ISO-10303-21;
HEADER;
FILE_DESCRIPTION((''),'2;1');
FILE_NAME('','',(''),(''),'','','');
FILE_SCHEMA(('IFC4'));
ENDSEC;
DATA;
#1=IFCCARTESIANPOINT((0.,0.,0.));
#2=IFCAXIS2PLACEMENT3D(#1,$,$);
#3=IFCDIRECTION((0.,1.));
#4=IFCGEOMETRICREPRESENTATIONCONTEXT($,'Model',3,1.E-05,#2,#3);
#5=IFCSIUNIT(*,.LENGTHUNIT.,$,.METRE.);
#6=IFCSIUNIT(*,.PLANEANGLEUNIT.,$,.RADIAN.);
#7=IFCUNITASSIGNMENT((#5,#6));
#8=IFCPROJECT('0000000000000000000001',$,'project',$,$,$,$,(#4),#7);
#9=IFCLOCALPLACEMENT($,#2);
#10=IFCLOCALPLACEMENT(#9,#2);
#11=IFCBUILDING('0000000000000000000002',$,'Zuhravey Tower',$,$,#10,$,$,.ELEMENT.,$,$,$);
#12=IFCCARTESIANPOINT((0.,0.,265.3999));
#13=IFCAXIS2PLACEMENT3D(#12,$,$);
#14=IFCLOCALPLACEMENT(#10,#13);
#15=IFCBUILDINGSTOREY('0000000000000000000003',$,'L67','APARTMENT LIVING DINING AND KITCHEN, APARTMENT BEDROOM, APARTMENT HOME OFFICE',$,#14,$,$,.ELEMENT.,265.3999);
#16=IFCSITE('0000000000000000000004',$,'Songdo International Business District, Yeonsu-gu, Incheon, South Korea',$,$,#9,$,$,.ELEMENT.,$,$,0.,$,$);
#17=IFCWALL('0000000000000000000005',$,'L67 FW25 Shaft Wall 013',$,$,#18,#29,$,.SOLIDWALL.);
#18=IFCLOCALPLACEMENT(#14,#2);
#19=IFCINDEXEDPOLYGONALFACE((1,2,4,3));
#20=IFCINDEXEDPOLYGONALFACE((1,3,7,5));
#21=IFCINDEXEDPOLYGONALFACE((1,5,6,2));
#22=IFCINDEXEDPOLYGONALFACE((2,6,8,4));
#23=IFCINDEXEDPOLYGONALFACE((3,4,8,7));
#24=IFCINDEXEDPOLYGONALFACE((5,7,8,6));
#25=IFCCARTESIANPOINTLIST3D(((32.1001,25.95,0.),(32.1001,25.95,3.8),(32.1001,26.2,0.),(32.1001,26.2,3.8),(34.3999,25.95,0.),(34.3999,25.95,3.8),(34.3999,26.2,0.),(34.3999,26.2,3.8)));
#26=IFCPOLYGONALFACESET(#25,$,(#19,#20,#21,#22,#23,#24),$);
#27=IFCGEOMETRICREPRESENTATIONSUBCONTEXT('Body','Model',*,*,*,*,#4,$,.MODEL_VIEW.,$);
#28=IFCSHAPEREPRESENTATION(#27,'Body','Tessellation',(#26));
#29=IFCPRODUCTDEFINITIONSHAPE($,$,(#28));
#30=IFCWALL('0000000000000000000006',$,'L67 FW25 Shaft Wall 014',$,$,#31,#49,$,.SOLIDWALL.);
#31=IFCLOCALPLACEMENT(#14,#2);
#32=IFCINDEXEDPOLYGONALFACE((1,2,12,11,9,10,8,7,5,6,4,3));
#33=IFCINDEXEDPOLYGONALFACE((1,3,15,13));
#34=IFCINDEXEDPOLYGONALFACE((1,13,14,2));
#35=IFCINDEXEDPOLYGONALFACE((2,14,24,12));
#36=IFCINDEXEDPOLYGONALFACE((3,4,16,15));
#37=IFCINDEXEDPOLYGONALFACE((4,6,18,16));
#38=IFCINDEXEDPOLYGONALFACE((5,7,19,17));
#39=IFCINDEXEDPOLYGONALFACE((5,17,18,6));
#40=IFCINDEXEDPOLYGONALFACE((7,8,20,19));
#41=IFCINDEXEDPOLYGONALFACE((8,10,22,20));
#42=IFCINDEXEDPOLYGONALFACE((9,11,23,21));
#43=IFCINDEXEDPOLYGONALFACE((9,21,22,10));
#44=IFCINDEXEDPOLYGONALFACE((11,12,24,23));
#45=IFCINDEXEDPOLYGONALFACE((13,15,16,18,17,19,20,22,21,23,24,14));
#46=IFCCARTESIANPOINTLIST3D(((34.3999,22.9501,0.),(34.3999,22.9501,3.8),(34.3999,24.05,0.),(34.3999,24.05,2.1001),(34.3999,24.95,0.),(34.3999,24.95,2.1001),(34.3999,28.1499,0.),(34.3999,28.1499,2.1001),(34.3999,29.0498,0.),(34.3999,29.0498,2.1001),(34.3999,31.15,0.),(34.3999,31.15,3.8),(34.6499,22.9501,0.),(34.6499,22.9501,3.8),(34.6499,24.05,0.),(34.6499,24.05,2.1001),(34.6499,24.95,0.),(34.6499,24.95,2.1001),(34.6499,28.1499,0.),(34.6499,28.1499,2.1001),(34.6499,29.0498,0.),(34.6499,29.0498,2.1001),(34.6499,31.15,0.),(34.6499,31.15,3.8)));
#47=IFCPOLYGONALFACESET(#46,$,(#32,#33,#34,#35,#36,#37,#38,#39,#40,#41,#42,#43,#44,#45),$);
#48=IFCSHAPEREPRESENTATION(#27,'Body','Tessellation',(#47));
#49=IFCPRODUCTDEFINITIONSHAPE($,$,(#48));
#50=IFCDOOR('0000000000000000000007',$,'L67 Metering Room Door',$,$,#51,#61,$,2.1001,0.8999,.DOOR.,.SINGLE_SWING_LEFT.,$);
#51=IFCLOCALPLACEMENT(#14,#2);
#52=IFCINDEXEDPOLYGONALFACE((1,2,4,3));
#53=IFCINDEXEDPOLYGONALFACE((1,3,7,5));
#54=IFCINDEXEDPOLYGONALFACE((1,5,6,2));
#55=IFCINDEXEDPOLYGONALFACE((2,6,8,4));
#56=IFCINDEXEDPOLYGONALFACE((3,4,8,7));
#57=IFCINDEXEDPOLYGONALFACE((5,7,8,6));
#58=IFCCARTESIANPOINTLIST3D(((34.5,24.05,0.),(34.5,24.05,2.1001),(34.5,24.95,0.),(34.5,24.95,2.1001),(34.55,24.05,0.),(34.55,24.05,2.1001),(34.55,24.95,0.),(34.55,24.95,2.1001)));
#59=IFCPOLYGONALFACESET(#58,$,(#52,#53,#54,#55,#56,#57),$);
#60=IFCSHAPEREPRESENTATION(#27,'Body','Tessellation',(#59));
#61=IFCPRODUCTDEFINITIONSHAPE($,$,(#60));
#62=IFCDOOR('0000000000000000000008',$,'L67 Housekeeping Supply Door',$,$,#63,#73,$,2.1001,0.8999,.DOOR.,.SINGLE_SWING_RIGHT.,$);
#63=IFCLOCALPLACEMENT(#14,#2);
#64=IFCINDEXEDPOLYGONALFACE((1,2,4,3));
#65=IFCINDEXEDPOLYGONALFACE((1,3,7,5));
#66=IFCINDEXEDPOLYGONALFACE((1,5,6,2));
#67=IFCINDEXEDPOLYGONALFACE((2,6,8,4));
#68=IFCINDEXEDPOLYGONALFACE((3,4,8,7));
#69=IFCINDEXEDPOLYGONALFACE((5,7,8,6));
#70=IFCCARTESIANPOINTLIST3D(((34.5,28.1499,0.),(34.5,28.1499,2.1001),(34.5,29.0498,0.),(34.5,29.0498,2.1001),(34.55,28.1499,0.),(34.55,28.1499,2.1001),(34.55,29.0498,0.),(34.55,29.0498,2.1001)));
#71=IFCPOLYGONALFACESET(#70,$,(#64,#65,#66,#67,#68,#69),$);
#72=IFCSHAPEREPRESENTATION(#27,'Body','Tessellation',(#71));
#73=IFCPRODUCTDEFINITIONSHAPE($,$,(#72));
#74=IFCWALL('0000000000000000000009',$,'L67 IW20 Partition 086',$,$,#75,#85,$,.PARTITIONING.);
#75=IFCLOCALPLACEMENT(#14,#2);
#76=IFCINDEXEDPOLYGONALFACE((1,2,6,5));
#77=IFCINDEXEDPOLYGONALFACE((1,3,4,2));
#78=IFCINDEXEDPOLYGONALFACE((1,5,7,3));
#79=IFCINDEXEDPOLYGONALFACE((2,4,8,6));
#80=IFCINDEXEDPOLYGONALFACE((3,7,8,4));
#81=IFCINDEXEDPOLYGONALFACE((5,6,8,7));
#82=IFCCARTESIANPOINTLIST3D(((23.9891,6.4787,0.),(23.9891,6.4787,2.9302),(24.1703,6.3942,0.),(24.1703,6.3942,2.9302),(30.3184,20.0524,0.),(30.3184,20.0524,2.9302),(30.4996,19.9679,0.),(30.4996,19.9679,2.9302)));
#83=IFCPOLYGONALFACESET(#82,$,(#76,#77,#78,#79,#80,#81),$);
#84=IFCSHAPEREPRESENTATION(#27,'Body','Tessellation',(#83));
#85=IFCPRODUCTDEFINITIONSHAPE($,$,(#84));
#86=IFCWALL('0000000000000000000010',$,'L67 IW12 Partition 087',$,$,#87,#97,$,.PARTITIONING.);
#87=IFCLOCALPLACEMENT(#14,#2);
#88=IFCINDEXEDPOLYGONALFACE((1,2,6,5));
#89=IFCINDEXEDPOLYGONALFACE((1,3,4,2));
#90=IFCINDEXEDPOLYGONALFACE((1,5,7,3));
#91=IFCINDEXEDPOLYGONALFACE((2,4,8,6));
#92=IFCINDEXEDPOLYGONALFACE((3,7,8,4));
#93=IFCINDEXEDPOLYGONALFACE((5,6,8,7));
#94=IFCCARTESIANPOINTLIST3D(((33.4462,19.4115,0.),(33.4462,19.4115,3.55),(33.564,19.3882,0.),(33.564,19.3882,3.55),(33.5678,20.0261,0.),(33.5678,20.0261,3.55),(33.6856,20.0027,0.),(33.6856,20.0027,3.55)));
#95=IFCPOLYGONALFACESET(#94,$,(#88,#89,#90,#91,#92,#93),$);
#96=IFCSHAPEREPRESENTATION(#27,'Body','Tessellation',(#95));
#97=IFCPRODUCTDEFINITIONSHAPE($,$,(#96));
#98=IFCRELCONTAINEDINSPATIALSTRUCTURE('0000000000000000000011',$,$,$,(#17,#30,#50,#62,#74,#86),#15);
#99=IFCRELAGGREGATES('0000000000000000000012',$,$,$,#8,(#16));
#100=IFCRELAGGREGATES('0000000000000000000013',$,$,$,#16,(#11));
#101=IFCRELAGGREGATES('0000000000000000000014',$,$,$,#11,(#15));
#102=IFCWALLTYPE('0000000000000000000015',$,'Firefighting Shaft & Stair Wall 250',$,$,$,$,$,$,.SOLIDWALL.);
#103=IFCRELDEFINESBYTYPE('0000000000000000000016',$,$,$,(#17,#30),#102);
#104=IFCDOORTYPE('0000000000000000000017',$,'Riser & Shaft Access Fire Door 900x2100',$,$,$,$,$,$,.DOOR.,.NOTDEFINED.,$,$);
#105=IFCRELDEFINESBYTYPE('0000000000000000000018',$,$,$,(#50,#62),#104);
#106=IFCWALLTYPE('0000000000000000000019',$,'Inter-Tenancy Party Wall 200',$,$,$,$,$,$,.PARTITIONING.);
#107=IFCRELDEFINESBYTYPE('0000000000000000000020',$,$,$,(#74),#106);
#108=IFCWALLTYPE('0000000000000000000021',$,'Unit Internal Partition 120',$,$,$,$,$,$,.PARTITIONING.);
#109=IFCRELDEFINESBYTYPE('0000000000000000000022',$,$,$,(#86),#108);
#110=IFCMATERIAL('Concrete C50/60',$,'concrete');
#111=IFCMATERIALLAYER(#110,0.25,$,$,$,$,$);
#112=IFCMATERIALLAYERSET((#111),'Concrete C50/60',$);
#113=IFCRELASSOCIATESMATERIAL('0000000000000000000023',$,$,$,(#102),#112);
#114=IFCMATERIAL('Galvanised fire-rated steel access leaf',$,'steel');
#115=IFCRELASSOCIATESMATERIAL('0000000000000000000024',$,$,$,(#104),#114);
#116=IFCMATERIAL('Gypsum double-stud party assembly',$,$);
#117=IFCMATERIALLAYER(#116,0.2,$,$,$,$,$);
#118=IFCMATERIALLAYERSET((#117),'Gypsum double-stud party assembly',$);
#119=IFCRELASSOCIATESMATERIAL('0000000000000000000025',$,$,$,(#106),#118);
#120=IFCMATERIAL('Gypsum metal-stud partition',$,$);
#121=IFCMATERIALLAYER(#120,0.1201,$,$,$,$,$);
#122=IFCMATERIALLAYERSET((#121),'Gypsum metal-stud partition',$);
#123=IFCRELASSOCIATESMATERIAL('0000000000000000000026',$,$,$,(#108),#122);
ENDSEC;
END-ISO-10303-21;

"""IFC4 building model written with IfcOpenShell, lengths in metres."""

from ifc_helpers import new_model, si_unit, direction, frame, frame_2d, origin, place, context, subcontext, project, spatial, rectangle, extrude, material, layer, layer_set, type_object, element, fill, save


model = new_model("IFC4")

# Units and contexts
model_context = context("Model", 3, precision=1e-05, world=origin(), true_north=direction((0.0, 1.0)))
body_context = subcontext(model_context, "Body", "Model", "MODEL_VIEW")
ifc_project = project(units=[si_unit("LENGTHUNIT", "METRE"), si_unit("PLANEANGLEUNIT", "RADIAN")], contexts=[model_context])

# Site, building, storey
site_placement = place(None, origin())
site = spatial("IfcSite", under=ifc_project, at=site_placement, Name="Songdo International Business District, Yeonsu-gu, Incheon, South Korea", CompositionType="ELEMENT", RefElevation=0.0)
building_placement = place(site_placement, origin())
building = spatial("IfcBuilding", under=site, at=building_placement, Name="Zuhravey Tower", CompositionType="ELEMENT")
storey_placement = place(building_placement, frame((0.0, 0.0, 265.3999)))
storey = spatial("IfcBuildingStorey", under=building, at=storey_placement, Name="L67", Description="APARTMENT LIVING DINING AND KITCHEN, APARTMENT BEDROOM, APARTMENT HOME OFFICE", CompositionType="ELEMENT", Elevation=265.3999)

# Shared definitions
ifc_material_1 = material(Name="Concrete C50/60", Category="concrete")
ifc_layer_1 = layer(ifc_material_1, 0.25)
ifc_layer_set_1 = layer_set([ifc_layer_1], Name="Concrete C50/60")
wall_type_1 = type_object("IfcWallType", Name="Firefighting Shaft & Stair Wall 250", PredefinedType="SOLIDWALL", material=ifc_layer_set_1)

# Shared definitions
ifc_material_2 = material(Name="Galvanised fire-rated steel access leaf", Category="steel")
door_type_1 = type_object("IfcDoorType", Name="Riser & Shaft Access Fire Door 900x2100", OperationType="NOTDEFINED", PredefinedType="DOOR", material=ifc_material_2)

# Wall
wall_1_placement = place(storey_placement, frame((32.1001, 26.075, 0.0), z_axis=(0.0, 0.0, 1.0), x_axis=(1.0, 0.0, 0.0)))
element("IfcWall", 1, at=wall_1_placement, inside=storey, type_object=wall_type_1, Name="L67 FW25 Shaft Wall 013", PredefinedType="SOLIDWALL", context=body_context, shape_type="SweptSolid", body=[
    extrude(rectangle(XDim=2.2998, YDim=0.25, at=frame_2d((1.1499, 0.0))), origin(), (0.0, 0.0, 1.0), 3.8),
])

# Wall, openings, doors
wall_2_placement = place(storey_placement, frame((34.5249, 22.95, 0.0), z_axis=(0.0, 0.0, 1.0), x_axis=(0.0, 1.0, 0.0)))
wall_2 = element("IfcWall", 2, at=wall_2_placement, inside=storey, type_object=wall_type_1, Name="L67 FW25 Shaft Wall 014", PredefinedType="SOLIDWALL", context=body_context, shape_type="SweptSolid", body=[
    extrude(rectangle(XDim=8.2, YDim=0.25, at=frame_2d((4.1001, 0.0))), origin(), (0.0, 0.0, 1.0), 3.8),
])
opening_1_placement = place(wall_2_placement, frame((1.1001, 0.0, 0.0)))
opening_1 = element("IfcOpeningElement", 3, at=opening_1_placement, cuts=wall_2, PredefinedType="OPENING", context=body_context, shape_type="SweptSolid", body=[
    extrude(rectangle(XDim=0.8999, YDim=2.1001, at=frame_2d((0.45, 1.05))), frame((0.0, 0.137, 0.0), z_axis=(0.0, -1.0, 0.0), x_axis=(1.0, 0.0, 0.0)), (0.0, 0.0, 1.0), 0.2739),
])
opening_2_placement = place(wall_2_placement, frame((5.2, 0.0, 0.0)))
opening_2 = element("IfcOpeningElement", 4, at=opening_2_placement, cuts=wall_2, PredefinedType="OPENING", context=body_context, shape_type="SweptSolid", body=[
    extrude(rectangle(XDim=0.8999, YDim=2.1001, at=frame_2d((0.45, 1.05))), frame((0.0, 0.137, 0.0), z_axis=(0.0, -1.0, 0.0), x_axis=(1.0, 0.0, 0.0)), (0.0, 0.0, 1.0), 0.2739),
])
door_1_placement = place(opening_1_placement, origin())
door_1 = element("IfcDoor", 5, at=door_1_placement, inside=storey, type_object=door_type_1, Name="L67 Metering Room Door", OperationType="SINGLE_SWING_LEFT", OverallHeight=2.1001, OverallWidth=0.8999, PredefinedType="DOOR", context=body_context, shape_type="SweptSolid", body=[
    extrude(rectangle(XDim=0.8999, YDim=2.1001, at=frame_2d((0.45, 1.05))), frame((0.0, 0.0249, 0.0), z_axis=(0.0, -1.0, 0.0), x_axis=(1.0, 0.0, 0.0)), (0.0, 0.0, 1.0), 0.05),
])
fill(opening_1, door_1)
door_2_placement = place(opening_2_placement, origin())
door_2 = element("IfcDoor", 6, at=door_2_placement, inside=storey, type_object=door_type_1, Name="L67 Housekeeping Supply Door", OperationType="SINGLE_SWING_RIGHT", OverallHeight=2.1001, OverallWidth=0.8999, PredefinedType="DOOR", context=body_context, shape_type="SweptSolid", body=[
    extrude(rectangle(XDim=0.8999, YDim=2.1001, at=frame_2d((0.45, 1.05))), frame((0.0, 0.0249, 0.0), z_axis=(0.0, -1.0, 0.0), x_axis=(1.0, 0.0, 0.0)), (0.0, 0.0, 1.0), 0.05),
])
fill(opening_2, door_2)

# Walls
ifc_material_3 = material(Name="Gypsum double-stud party assembly")
ifc_layer_2 = layer(ifc_material_3, 0.2)
ifc_layer_set_2 = layer_set([ifc_layer_2], Name="Gypsum double-stud party assembly")
wall_type_2 = type_object("IfcWallType", Name="Inter-Tenancy Party Wall 200", PredefinedType="PARTITIONING", material=ifc_layer_set_2)
wall_3_placement = place(storey_placement, frame((30.4089, 20.01, 0.0), z_axis=(0.0, 0.0, 1.0), x_axis=(-0.422608, -0.906313, 0.0)))
element("IfcWall", 7, at=wall_3_placement, inside=storey, type_object=wall_type_2, Name="L67 IW20 Partition 086", PredefinedType="PARTITIONING", context=body_context, shape_type="SweptSolid", body=[
    extrude(rectangle(XDim=14.9768, YDim=0.2, at=frame_2d((7.4883, 0.0))), origin(), (0.0, 0.0, 1.0), 2.9302),
])
ifc_material_4 = material(Name="Gypsum metal-stud partition")
ifc_layer_3 = layer(ifc_material_4, 0.1201)
ifc_layer_set_3 = layer_set([ifc_layer_3], Name="Gypsum metal-stud partition")
wall_type_3 = type_object("IfcWallType", Name="Unit Internal Partition 120", PredefinedType="PARTITIONING", material=ifc_layer_set_3)
wall_4_placement = place(storey_placement, frame((33.6267, 20.0144, 0.0), z_axis=(0.0, 0.0, 1.0), x_axis=(-0.194092, -0.980983, 0.0)))
element("IfcWall", 8, at=wall_4_placement, inside=storey, type_object=wall_type_3, Name="L67 IW12 Partition 087", PredefinedType="PARTITIONING", context=body_context, shape_type="SweptSolid", body=[
    extrude(rectangle(XDim=0.6265, YDim=0.1201, at=frame_2d((0.3132, 0.0))), origin(), (0.0, 0.0, 1.0), 3.55),
])

save(model, "model.ifc")
